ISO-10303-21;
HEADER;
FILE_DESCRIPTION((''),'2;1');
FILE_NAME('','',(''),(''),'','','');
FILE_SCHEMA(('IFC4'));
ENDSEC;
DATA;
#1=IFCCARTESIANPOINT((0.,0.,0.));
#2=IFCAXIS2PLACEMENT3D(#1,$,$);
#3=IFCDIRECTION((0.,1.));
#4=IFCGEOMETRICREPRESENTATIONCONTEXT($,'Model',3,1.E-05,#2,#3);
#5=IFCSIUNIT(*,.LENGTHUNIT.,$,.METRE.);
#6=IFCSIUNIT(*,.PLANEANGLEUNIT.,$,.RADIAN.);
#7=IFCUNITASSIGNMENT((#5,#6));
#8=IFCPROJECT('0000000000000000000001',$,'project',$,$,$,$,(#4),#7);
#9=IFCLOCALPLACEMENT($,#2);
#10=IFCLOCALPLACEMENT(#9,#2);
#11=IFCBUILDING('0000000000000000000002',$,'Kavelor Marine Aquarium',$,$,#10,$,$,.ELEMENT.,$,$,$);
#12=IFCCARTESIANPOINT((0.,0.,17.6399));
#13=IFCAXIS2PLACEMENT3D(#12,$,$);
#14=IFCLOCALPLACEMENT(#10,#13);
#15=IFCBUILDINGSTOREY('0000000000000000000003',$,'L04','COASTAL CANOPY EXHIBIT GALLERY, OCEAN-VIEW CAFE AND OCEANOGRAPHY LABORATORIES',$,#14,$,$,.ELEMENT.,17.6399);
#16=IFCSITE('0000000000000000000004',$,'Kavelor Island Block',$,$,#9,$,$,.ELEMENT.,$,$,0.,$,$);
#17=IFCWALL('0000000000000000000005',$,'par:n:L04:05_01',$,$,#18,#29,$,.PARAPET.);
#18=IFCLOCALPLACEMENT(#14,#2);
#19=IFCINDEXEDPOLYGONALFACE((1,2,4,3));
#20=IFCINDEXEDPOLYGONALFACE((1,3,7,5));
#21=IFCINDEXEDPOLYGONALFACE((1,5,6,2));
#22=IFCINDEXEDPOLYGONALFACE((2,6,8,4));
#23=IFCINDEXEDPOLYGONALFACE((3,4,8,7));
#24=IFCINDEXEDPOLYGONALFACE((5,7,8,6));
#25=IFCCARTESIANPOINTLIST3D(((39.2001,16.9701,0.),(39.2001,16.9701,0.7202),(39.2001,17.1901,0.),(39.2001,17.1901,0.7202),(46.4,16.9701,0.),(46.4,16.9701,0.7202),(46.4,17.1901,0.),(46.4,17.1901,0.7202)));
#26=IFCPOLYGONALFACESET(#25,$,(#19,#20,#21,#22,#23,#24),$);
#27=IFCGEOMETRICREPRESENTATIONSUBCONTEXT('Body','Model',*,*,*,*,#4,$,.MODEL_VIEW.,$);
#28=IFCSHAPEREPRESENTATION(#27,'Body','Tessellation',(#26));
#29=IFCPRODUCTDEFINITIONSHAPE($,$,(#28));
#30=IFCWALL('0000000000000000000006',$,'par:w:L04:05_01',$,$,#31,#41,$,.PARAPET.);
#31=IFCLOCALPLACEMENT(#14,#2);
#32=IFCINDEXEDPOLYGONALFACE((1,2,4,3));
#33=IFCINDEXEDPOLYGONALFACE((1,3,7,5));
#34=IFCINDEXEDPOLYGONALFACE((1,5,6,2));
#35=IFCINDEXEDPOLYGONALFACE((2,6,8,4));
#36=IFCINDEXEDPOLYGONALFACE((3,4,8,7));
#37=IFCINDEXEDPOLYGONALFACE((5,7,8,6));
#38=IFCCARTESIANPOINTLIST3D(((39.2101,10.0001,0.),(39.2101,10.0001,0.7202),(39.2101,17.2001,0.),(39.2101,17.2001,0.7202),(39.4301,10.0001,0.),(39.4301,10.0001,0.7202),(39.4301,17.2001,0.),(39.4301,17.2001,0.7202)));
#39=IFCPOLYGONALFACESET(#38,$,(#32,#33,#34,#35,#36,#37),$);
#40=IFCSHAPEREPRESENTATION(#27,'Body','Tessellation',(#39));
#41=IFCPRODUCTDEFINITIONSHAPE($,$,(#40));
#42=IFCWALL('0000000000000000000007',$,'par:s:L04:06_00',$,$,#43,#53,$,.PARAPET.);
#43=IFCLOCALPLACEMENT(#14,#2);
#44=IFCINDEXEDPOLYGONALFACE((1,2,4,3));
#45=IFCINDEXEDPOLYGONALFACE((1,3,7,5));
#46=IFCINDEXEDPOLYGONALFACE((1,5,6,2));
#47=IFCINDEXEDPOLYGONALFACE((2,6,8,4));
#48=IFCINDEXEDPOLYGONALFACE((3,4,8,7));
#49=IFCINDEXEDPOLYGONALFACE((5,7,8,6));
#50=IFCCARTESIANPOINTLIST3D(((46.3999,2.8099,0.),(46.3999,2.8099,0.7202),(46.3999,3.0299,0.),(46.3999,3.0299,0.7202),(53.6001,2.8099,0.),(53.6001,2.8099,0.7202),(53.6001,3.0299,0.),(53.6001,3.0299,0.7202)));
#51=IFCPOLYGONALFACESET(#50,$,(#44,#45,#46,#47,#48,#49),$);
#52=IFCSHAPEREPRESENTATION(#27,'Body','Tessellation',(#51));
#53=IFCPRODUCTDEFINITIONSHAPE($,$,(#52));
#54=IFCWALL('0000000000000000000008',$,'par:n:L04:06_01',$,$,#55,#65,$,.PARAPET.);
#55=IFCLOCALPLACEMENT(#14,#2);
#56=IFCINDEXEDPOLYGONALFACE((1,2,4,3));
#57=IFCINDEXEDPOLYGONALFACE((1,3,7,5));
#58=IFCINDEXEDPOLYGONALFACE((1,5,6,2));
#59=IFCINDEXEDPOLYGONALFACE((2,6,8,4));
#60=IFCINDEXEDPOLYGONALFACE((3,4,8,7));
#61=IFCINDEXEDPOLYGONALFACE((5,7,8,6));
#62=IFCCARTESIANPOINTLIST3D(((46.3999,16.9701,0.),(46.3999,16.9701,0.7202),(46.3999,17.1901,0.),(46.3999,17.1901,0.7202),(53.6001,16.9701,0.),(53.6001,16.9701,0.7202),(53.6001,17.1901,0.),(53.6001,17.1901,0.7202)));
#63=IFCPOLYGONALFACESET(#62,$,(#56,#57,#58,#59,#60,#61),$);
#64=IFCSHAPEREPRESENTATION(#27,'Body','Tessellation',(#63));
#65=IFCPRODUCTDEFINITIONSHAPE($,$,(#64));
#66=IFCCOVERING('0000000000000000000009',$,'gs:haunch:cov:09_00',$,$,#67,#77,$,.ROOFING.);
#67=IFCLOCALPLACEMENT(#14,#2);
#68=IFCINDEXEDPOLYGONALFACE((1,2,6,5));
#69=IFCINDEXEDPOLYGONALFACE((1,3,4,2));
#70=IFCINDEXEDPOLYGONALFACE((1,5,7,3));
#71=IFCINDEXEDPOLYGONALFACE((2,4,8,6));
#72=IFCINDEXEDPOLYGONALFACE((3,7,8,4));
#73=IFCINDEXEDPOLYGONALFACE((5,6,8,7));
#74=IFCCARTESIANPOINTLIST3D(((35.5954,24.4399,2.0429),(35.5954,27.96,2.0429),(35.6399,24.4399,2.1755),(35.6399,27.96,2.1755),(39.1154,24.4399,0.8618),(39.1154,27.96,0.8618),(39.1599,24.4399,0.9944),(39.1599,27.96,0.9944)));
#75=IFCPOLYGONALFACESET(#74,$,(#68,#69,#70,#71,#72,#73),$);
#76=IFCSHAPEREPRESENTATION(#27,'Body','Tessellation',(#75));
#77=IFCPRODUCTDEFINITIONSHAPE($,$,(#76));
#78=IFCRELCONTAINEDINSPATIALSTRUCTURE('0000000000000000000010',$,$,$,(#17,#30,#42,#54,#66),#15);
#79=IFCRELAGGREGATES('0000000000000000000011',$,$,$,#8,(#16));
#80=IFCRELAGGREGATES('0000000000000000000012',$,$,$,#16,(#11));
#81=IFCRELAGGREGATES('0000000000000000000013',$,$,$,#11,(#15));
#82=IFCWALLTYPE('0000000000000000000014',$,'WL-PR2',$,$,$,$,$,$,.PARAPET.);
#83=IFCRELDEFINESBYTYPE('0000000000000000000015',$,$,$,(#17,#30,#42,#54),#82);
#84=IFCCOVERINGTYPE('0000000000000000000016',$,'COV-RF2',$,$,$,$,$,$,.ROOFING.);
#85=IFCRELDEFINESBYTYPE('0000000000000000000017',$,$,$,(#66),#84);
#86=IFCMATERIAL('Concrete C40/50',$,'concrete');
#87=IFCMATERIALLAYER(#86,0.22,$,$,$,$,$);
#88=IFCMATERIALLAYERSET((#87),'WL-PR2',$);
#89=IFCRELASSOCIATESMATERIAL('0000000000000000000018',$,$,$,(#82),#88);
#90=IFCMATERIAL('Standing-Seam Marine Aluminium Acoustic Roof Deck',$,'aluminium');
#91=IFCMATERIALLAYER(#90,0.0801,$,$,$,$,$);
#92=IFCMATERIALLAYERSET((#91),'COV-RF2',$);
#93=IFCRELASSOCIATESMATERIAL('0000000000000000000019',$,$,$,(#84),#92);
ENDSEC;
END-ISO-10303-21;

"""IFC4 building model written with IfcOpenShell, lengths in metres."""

from ifc_helpers import new_model, si_unit, direction, frame, frame_2d, origin, place, context, subcontext, project, spatial, polyline, rectangle, outline, extrude, material, layer, layer_set, type_object, element, save


model = new_model("IFC4")

# Units and contexts
model_context = context("Model", 3, precision=1e-05, world=origin(), true_north=direction((0.0, 1.0)))
body_context = subcontext(model_context, "Body", "Model", "MODEL_VIEW")
ifc_project = project(units=[si_unit("LENGTHUNIT", "METRE"), si_unit("PLANEANGLEUNIT", "RADIAN")], contexts=[model_context])

# Site, building, storey
site_placement = place(None, origin())
site = spatial("IfcSite", under=ifc_project, at=site_placement, Name="Kavelor Island Block", CompositionType="ELEMENT", RefElevation=0.0)
building_placement = place(site_placement, origin())
building = spatial("IfcBuilding", under=site, at=building_placement, Name="Kavelor Marine Aquarium", CompositionType="ELEMENT")
storey_placement = place(building_placement, frame((0.0, 0.0, 17.6399)))
storey = spatial("IfcBuildingStorey", under=building, at=storey_placement, Name="L04", Description="COASTAL CANOPY EXHIBIT GALLERY, OCEAN-VIEW CAFE AND OCEANOGRAPHY LABORATORIES", CompositionType="ELEMENT", Elevation=17.6399)

# Walls
ifc_material_1 = material(Name="Concrete C40/50", Category="concrete")
ifc_layer_1 = layer(ifc_material_1, 0.22)
ifc_layer_set_1 = layer_set([ifc_layer_1], Name="WL-PR2")
wall_type = type_object("IfcWallType", Name="WL-PR2", PredefinedType="PARAPET", material=ifc_layer_set_1)
for number, where, z_axis, x_axis, name in (
    (1, (39.2, 17.0801, 0.0), (0.0, 0.0, 1.0), (1.0, 0.0, 0.0), "par:n:L04:05_01"),
    (2, (39.3201, 10.0, 0.0), (0.0, 0.0, 1.0), (0.0, 1.0, 0.0), "par:w:L04:05_01"),
):
    element("IfcWall", number, at=place(storey_placement, frame(where, z_axis=z_axis, x_axis=x_axis)), inside=storey, type_object=wall_type, Name=name, PredefinedType="PARAPET", context=body_context, shape_type="SweptSolid", body=[
        extrude(rectangle(XDim=7.2, YDim=0.22, at=frame_2d((3.6001, 0.0))), origin(), (0.0, 0.0, 1.0), 0.7202),
    ])
for number, where, z_axis, x_axis, name in (
    (3, (46.3999, 2.9199, 0.0), (0.0, 0.0, 1.0), (1.0, 0.0, 0.0), "par:s:L04:06_00"),
    (4, (46.3999, 17.0801, 0.0), (0.0, 0.0, 1.0), (1.0, 0.0, 0.0), "par:n:L04:06_01"),
):
    element("IfcWall", number, at=place(storey_placement, frame(where, z_axis=z_axis, x_axis=x_axis)), inside=storey, type_object=wall_type, Name=name, PredefinedType="PARAPET", context=body_context, shape_type="SweptSolid", body=[
        extrude(rectangle(XDim=7.2002, YDim=0.22, at=frame_2d((3.6001, 0.0))), origin(), (0.0, 0.0, 1.0), 0.7202),
    ])

# Covering
ifc_material_2 = material(Name="Standing-Seam Marine Aluminium Acoustic Roof Deck", Category="aluminium")
ifc_layer_2 = layer(ifc_material_2, 0.0801)
ifc_layer_set_2 = layer_set([ifc_layer_2], Name="COV-RF2")
covering_type = type_object("IfcCoveringType", Name="COV-RF2", PredefinedType="ROOFING", material=ifc_layer_set_2)
covering_placement = place(storey_placement, frame((35.6399, 24.4399, 2.1755), z_axis=(0.318121, 0.0, 0.94805), x_axis=(0.94805, 0.0, -0.318121)))
element("IfcCovering", 5, at=covering_placement, inside=storey, type_object=covering_type, Name="gs:haunch:cov:09_00", PredefinedType="ROOFING", context=body_context, shape_type="SweptSolid", body=[
    extrude(outline(polyline([(0.0, 0.0), (3.7129, 0.0), (3.7129, 3.52), (0.0, 3.52), (0.0, 0.0)])), origin(), (0.0, 0.0, -1.0), 0.1399),
])

save(model, "model.ifc")
